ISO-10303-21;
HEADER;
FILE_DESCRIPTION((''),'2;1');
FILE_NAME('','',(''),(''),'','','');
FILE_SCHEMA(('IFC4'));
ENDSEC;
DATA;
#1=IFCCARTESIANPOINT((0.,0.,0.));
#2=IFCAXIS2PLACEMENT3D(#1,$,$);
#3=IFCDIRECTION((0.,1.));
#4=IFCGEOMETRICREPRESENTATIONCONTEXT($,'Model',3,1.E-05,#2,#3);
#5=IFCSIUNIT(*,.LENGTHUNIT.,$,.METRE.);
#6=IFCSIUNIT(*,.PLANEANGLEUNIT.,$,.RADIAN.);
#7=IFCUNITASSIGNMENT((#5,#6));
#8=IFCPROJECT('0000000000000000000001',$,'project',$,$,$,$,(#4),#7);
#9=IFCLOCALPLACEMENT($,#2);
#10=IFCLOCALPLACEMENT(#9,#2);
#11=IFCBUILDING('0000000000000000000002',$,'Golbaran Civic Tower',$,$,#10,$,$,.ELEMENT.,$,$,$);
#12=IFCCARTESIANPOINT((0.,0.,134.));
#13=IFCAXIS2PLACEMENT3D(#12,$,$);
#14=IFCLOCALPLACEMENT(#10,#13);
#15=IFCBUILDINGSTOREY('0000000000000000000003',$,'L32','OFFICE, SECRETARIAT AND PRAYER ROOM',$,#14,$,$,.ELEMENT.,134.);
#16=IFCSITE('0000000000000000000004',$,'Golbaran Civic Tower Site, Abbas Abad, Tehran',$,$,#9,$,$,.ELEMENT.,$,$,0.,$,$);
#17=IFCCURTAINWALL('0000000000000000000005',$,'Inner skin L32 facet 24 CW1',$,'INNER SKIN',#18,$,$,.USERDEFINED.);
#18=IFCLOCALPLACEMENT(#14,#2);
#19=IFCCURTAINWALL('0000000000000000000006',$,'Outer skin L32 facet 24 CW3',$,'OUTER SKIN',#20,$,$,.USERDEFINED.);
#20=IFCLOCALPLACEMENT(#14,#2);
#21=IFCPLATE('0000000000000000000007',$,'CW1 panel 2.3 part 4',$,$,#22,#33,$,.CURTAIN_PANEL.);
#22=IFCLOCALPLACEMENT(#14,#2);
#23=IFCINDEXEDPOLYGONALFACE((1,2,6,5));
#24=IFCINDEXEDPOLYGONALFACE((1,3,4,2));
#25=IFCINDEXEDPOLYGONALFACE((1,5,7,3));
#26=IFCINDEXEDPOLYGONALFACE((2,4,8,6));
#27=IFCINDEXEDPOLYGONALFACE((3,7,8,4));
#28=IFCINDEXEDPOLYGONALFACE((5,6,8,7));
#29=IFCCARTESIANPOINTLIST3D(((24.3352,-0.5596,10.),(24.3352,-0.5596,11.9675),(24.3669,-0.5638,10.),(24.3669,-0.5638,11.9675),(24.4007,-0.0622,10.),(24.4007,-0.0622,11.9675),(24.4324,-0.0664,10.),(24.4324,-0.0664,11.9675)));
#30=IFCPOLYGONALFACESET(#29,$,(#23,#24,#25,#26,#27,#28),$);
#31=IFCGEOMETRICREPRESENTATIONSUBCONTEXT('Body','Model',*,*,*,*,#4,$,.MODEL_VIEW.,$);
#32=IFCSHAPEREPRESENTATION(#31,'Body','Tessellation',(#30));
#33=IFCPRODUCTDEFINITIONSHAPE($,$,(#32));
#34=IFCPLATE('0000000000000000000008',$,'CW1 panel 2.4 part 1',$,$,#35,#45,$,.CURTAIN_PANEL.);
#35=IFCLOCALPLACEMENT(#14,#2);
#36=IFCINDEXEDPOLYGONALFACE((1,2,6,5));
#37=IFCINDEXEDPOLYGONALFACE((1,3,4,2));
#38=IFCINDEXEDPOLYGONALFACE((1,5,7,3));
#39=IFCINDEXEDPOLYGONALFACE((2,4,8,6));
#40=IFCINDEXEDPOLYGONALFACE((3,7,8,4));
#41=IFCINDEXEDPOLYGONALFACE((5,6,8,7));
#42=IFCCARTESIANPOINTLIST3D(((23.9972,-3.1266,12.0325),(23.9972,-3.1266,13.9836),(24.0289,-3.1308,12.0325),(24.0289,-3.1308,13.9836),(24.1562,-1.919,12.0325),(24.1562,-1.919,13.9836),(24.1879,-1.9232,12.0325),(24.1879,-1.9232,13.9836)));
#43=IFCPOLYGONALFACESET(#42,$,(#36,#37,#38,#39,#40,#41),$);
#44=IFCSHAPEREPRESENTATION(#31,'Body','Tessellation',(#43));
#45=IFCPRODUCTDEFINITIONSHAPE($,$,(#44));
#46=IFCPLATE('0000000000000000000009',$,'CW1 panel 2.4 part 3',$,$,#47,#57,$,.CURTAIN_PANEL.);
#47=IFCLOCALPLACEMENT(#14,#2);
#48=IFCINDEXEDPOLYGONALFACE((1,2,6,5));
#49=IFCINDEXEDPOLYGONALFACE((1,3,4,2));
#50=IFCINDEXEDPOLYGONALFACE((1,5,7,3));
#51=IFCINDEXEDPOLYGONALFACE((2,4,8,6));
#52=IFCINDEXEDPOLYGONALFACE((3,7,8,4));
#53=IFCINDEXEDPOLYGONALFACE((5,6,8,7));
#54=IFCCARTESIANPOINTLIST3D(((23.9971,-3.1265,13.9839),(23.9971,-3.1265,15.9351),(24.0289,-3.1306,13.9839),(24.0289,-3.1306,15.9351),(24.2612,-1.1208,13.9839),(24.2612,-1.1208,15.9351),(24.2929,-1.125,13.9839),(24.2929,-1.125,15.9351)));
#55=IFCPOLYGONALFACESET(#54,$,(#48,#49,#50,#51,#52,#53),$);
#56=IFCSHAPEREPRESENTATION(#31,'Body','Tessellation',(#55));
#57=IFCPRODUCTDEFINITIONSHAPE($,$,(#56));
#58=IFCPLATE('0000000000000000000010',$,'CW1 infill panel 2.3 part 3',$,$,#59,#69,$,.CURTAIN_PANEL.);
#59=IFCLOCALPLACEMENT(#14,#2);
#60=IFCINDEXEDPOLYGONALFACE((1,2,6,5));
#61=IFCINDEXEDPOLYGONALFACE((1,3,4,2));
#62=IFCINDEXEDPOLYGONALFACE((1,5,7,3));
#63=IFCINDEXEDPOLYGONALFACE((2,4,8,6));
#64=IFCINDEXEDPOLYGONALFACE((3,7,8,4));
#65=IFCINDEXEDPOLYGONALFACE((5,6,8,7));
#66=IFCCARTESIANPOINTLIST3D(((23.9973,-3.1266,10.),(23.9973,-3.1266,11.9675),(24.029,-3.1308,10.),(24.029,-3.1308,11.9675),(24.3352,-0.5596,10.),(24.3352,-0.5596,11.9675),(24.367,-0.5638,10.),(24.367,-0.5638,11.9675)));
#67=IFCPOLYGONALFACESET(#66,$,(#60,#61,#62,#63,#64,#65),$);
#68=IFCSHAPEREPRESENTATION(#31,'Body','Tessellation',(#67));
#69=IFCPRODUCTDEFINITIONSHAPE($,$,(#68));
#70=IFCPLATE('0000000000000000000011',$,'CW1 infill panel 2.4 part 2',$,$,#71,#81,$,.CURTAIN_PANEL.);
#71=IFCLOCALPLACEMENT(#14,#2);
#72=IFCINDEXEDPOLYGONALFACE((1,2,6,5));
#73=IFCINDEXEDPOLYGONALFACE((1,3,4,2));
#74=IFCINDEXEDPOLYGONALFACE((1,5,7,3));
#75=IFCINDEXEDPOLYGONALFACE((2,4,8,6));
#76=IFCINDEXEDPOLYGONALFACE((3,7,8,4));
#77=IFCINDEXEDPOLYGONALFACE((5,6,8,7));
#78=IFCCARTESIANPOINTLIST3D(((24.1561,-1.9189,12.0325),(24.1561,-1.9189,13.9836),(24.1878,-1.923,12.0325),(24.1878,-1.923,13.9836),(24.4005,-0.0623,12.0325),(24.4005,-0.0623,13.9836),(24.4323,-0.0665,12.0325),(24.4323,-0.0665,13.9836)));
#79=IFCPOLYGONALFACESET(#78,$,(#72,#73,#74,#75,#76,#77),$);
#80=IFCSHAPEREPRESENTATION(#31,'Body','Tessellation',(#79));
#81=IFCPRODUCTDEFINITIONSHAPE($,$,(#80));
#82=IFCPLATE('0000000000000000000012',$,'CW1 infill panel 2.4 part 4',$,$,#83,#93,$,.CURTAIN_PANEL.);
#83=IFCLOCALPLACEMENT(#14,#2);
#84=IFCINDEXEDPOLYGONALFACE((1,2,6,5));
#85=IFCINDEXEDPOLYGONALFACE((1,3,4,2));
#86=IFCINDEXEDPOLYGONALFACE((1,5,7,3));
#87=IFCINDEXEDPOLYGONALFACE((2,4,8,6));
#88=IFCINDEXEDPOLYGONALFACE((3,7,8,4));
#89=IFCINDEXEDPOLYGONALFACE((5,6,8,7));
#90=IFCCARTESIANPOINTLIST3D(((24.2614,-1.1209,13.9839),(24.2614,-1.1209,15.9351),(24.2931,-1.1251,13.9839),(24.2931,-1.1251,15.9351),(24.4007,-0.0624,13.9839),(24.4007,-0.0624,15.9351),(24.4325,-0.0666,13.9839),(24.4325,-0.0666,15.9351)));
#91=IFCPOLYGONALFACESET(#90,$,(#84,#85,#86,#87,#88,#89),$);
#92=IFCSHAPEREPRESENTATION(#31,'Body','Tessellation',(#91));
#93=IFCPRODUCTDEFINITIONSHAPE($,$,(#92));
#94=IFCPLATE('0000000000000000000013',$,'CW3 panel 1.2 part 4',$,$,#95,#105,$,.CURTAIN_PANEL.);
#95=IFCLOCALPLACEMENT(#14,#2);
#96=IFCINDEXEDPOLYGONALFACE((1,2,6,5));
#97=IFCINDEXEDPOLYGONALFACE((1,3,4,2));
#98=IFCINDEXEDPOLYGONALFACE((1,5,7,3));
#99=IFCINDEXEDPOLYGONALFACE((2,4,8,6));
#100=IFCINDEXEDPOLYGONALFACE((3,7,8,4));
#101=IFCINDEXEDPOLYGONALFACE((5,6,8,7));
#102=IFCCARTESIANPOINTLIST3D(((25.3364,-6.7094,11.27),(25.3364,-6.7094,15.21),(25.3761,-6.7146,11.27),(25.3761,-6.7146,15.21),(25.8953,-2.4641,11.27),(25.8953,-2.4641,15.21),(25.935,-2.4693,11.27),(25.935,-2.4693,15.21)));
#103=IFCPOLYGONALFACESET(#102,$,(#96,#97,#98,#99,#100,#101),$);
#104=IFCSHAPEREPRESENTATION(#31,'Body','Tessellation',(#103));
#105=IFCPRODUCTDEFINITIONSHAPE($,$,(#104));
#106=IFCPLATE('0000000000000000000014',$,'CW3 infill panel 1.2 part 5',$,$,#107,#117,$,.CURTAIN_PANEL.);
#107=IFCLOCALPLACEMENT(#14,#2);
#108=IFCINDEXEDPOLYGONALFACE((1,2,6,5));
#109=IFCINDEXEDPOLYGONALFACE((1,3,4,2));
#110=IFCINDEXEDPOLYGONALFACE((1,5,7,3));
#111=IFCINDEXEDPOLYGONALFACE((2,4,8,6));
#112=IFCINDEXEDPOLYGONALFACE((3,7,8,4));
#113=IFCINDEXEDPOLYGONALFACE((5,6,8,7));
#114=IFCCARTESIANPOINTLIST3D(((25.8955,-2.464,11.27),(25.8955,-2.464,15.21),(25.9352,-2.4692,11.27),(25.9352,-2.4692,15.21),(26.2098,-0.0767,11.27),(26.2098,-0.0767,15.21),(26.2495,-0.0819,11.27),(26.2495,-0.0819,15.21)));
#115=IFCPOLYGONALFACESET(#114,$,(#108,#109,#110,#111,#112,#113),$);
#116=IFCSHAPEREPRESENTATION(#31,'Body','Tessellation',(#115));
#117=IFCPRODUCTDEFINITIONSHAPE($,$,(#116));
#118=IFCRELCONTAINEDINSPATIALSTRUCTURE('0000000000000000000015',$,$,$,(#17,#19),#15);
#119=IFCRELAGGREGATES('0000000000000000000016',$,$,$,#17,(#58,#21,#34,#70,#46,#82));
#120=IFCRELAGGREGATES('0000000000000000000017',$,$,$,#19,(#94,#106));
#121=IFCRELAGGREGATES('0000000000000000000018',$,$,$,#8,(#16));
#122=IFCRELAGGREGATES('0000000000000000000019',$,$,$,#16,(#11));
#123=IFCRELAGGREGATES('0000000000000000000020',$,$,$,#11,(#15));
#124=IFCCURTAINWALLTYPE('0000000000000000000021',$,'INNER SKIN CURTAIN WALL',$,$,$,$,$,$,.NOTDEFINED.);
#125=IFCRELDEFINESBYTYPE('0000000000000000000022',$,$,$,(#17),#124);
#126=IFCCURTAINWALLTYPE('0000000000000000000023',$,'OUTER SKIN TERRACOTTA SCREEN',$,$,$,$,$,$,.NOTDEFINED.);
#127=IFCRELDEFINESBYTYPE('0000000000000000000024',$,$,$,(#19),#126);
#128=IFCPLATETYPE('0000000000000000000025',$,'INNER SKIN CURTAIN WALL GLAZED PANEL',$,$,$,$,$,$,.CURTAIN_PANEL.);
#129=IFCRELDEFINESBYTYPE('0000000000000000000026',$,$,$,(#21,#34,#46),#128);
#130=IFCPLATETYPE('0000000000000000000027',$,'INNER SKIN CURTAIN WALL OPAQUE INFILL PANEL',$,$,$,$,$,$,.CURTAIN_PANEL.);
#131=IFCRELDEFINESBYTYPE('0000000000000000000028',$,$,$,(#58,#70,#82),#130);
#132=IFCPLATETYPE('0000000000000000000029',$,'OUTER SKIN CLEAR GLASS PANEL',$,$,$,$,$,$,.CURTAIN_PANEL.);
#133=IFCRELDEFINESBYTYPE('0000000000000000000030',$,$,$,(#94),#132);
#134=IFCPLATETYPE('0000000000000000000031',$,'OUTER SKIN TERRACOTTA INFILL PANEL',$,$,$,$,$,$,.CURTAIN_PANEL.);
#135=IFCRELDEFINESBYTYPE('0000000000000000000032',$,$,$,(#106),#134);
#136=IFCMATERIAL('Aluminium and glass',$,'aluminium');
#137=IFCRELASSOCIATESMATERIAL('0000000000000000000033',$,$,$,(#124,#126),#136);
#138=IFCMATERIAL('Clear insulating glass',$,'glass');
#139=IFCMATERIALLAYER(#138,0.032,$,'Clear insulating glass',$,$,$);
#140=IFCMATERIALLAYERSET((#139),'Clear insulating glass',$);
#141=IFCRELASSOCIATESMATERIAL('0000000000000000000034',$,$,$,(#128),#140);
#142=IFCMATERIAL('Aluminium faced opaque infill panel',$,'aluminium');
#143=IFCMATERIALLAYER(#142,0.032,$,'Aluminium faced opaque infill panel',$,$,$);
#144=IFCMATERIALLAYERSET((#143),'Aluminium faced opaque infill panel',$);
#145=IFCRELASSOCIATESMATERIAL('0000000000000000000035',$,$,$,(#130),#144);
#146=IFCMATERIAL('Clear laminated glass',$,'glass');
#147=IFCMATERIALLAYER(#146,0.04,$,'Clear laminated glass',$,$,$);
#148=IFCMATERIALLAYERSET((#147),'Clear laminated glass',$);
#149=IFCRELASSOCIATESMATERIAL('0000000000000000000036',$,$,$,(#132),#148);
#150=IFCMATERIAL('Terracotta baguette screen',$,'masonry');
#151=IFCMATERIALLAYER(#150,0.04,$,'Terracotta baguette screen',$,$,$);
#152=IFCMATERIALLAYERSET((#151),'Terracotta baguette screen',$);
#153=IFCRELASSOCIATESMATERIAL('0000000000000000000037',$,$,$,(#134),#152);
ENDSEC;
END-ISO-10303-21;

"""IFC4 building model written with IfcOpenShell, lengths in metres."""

from ifc_helpers import new_model, si_unit, direction, frame, origin, origin_2d, place, context, subcontext, project, spatial, rectangle, extrude, material, layer, layer_set, type_object, element, aggregate, save


model = new_model("IFC4")

# Units and contexts
model_context = context("Model", 3, precision=1e-05, world=origin(), true_north=direction((0.0, 1.0)))
body_context = subcontext(model_context, "Body", "Model", "MODEL_VIEW")
ifc_project = project(units=[si_unit("LENGTHUNIT", "METRE"), si_unit("PLANEANGLEUNIT", "RADIAN")], contexts=[model_context])

# Site, building, storey
site_placement = place(None, origin())
site = spatial("IfcSite", under=ifc_project, at=site_placement, Name="Golbaran Civic Tower Site, Abbas Abad, Tehran", CompositionType="ELEMENT", RefElevation=0.0)
building_placement = place(site_placement, origin())
building = spatial("IfcBuilding", under=site, at=building_placement, Name="Golbaran Civic Tower", CompositionType="ELEMENT")
storey_placement = place(building_placement, frame((0.0, 0.0, 134.0)))
storey = spatial("IfcBuildingStorey", under=building, at=storey_placement, Name="L32", Description="OFFICE, SECRETARIAT AND PRAYER ROOM", CompositionType="ELEMENT", Elevation=134.0)

# Curtain wall
ifc_material_1 = material(Name="Aluminium and glass", Category="aluminium")
curtain_wall_type_1 = type_object("IfcCurtainWallType", Name="INNER SKIN CURTAIN WALL", PredefinedType="NOTDEFINED", material=ifc_material_1)
curtain_wall_1_placement = place(storey_placement, origin())
curtain_wall_1 = element("IfcCurtainWall", 1, at=curtain_wall_1_placement, inside=storey, type_object=curtain_wall_type_1, Name="Inner skin L32 facet 24 CW1", ObjectType="INNER SKIN", PredefinedType="USERDEFINED")

# Curtain wall
curtain_wall_type_2 = type_object("IfcCurtainWallType", Name="OUTER SKIN TERRACOTTA SCREEN", PredefinedType="NOTDEFINED", material=ifc_material_1)
curtain_wall_2_placement = place(storey_placement, origin())
curtain_wall_2 = element("IfcCurtainWall", 2, at=curtain_wall_2_placement, inside=storey, type_object=curtain_wall_type_2, Name="Outer skin L32 facet 24 CW3", ObjectType="OUTER SKIN", PredefinedType="USERDEFINED")

# Plates
ifc_material_2 = material(Name="Clear insulating glass", Category="glass")
ifc_layer_1 = layer(ifc_material_2, 0.032, Name="Clear insulating glass")
ifc_layer_set_1 = layer_set([ifc_layer_1], Name="Clear insulating glass")
plate_type_1 = type_object("IfcPlateType", Name="INNER SKIN CURTAIN WALL GLAZED PANEL", PredefinedType="CURTAIN_PANEL", material=ifc_layer_set_1)
plate_1_placement = place(storey_placement, frame((24.3838, -0.313, 10.0), z_axis=(0.0, 0.0, 1.0), x_axis=(0.130526, 0.991445, 0.0)))
plate_1 = element("IfcPlate", 3, at=plate_1_placement, type_object=plate_type_1, Name="CW1 panel 2.3 part 4", PredefinedType="CURTAIN_PANEL", context=body_context, shape_type="SweptSolid", body=[
    extrude(rectangle(XDim=0.5017, YDim=0.032, at=origin_2d()), origin(), (0.0, 0.0, 1.0), 1.9675),
])
plate_2_placement = place(storey_placement, frame((24.0925, -2.5249, 12.0325), z_axis=(0.0, 0.0, 1.0), x_axis=(0.130526, 0.991445, 0.0)))
plate_2 = element("IfcPlate", 4, at=plate_2_placement, type_object=plate_type_1, Name="CW1 panel 2.4 part 1", PredefinedType="CURTAIN_PANEL", context=body_context, shape_type="SweptSolid", body=[
    extrude(rectangle(XDim=1.218, YDim=0.032, at=origin_2d()), origin(), (0.0, 0.0, 1.0), 1.9512),
])
plate_3_placement = place(storey_placement, frame((24.145, -2.1257, 13.9839), z_axis=(0.0, 0.0, 1.0), x_axis=(0.130526, 0.991445, 0.0)))
plate_3 = element("IfcPlate", 5, at=plate_3_placement, type_object=plate_type_1, Name="CW1 panel 2.4 part 3", PredefinedType="CURTAIN_PANEL", context=body_context, shape_type="SweptSolid", body=[
    extrude(rectangle(XDim=2.0229, YDim=0.032, at=origin_2d()), origin(), (0.0, 0.0, 1.0), 1.9512),
])
ifc_material_3 = material(Name="Aluminium faced opaque infill panel", Category="aluminium")
ifc_layer_2 = layer(ifc_material_3, 0.032, Name="Aluminium faced opaque infill panel")
ifc_layer_set_2 = layer_set([ifc_layer_2], Name="Aluminium faced opaque infill panel")
plate_type_2 = type_object("IfcPlateType", Name="INNER SKIN CURTAIN WALL OPAQUE INFILL PANEL", PredefinedType="CURTAIN_PANEL", material=ifc_layer_set_2)
plate_4_placement = place(storey_placement, frame((24.1821, -1.8452, 10.0), z_axis=(0.0, 0.0, 1.0), x_axis=(0.130526, 0.991445, 0.0)))
plate_4 = element("IfcPlate", 6, at=plate_4_placement, type_object=plate_type_2, Name="CW1 infill panel 2.3 part 3", PredefinedType="CURTAIN_PANEL", context=body_context, shape_type="SweptSolid", body=[
    extrude(rectangle(XDim=2.5891, YDim=0.032, at=origin_2d()), origin(), (0.0, 0.0, 1.0), 1.9675),
])
plate_5_placement = place(storey_placement, frame((24.2942, -0.9927, 12.0325), z_axis=(0.0, 0.0, 1.0), x_axis=(0.130526, 0.991445, 0.0)))
plate_5 = element("IfcPlate", 7, at=plate_5_placement, type_object=plate_type_2, Name="CW1 infill panel 2.4 part 2", PredefinedType="CURTAIN_PANEL", context=body_context, shape_type="SweptSolid", body=[
    extrude(rectangle(XDim=1.8726, YDim=0.032, at=origin_2d()), origin(), (0.0, 0.0, 1.0), 1.9512),
])
plate_6_placement = place(storey_placement, frame((24.3469, -0.5938, 13.9839), z_axis=(0.0, 0.0, 1.0), x_axis=(0.130526, 0.991445, 0.0)))
plate_6 = element("IfcPlate", 8, at=plate_6_placement, type_object=plate_type_2, Name="CW1 infill panel 2.4 part 4", PredefinedType="CURTAIN_PANEL", context=body_context, shape_type="SweptSolid", body=[
    extrude(rectangle(XDim=1.0676, YDim=0.032, at=origin_2d()), origin(), (0.0, 0.0, 1.0), 1.9512),
])
aggregate(curtain_wall_1, [plate_4, plate_1, plate_2, plate_5, plate_3, plate_6])
ifc_material_4 = material(Name="Clear laminated glass", Category="glass")
ifc_layer_3 = layer(ifc_material_4, 0.04, Name="Clear laminated glass")
ifc_layer_set_3 = layer_set([ifc_layer_3], Name="Clear laminated glass")
plate_type_3 = type_object("IfcPlateType", Name="OUTER SKIN CLEAR GLASS PANEL", PredefinedType="CURTAIN_PANEL", material=ifc_layer_set_3)
plate_7_placement = place(storey_placement, frame((25.6357, -4.5894, 11.27), z_axis=(0.0, 0.0, 1.0), x_axis=(0.130526, 0.991445, 0.0)))
plate_7 = element("IfcPlate", 9, at=plate_7_placement, type_object=plate_type_3, Name="CW3 panel 1.2 part 4", PredefinedType="CURTAIN_PANEL", context=body_context, shape_type="SweptSolid", body=[
    extrude(rectangle(XDim=4.282, YDim=0.04, at=origin_2d()), origin(), (0.0, 0.0, 1.0), 3.9399),
])
ifc_material_5 = material(Name="Terracotta baguette screen", Category="masonry")
ifc_layer_4 = layer(ifc_material_5, 0.04, Name="Terracotta baguette screen")
ifc_layer_set_4 = layer_set([ifc_layer_4], Name="Terracotta baguette screen")
plate_type_4 = type_object("IfcPlateType", Name="OUTER SKIN TERRACOTTA INFILL PANEL", PredefinedType="CURTAIN_PANEL", material=ifc_layer_set_4)
plate_8_placement = place(storey_placement, frame((26.0725, -1.2729, 11.27), z_axis=(0.0, 0.0, 1.0), x_axis=(0.130526, 0.991445, 0.0)))
plate_8 = element("IfcPlate", 10, at=plate_8_placement, type_object=plate_type_4, Name="CW3 infill panel 1.2 part 5", PredefinedType="CURTAIN_PANEL", context=body_context, shape_type="SweptSolid", body=[
    extrude(rectangle(XDim=2.408, YDim=0.04, at=origin_2d()), origin(), (0.0, 0.0, 1.0), 3.9399),
])
aggregate(curtain_wall_2, [plate_7, plate_8])

save(model, "model.ifc")
